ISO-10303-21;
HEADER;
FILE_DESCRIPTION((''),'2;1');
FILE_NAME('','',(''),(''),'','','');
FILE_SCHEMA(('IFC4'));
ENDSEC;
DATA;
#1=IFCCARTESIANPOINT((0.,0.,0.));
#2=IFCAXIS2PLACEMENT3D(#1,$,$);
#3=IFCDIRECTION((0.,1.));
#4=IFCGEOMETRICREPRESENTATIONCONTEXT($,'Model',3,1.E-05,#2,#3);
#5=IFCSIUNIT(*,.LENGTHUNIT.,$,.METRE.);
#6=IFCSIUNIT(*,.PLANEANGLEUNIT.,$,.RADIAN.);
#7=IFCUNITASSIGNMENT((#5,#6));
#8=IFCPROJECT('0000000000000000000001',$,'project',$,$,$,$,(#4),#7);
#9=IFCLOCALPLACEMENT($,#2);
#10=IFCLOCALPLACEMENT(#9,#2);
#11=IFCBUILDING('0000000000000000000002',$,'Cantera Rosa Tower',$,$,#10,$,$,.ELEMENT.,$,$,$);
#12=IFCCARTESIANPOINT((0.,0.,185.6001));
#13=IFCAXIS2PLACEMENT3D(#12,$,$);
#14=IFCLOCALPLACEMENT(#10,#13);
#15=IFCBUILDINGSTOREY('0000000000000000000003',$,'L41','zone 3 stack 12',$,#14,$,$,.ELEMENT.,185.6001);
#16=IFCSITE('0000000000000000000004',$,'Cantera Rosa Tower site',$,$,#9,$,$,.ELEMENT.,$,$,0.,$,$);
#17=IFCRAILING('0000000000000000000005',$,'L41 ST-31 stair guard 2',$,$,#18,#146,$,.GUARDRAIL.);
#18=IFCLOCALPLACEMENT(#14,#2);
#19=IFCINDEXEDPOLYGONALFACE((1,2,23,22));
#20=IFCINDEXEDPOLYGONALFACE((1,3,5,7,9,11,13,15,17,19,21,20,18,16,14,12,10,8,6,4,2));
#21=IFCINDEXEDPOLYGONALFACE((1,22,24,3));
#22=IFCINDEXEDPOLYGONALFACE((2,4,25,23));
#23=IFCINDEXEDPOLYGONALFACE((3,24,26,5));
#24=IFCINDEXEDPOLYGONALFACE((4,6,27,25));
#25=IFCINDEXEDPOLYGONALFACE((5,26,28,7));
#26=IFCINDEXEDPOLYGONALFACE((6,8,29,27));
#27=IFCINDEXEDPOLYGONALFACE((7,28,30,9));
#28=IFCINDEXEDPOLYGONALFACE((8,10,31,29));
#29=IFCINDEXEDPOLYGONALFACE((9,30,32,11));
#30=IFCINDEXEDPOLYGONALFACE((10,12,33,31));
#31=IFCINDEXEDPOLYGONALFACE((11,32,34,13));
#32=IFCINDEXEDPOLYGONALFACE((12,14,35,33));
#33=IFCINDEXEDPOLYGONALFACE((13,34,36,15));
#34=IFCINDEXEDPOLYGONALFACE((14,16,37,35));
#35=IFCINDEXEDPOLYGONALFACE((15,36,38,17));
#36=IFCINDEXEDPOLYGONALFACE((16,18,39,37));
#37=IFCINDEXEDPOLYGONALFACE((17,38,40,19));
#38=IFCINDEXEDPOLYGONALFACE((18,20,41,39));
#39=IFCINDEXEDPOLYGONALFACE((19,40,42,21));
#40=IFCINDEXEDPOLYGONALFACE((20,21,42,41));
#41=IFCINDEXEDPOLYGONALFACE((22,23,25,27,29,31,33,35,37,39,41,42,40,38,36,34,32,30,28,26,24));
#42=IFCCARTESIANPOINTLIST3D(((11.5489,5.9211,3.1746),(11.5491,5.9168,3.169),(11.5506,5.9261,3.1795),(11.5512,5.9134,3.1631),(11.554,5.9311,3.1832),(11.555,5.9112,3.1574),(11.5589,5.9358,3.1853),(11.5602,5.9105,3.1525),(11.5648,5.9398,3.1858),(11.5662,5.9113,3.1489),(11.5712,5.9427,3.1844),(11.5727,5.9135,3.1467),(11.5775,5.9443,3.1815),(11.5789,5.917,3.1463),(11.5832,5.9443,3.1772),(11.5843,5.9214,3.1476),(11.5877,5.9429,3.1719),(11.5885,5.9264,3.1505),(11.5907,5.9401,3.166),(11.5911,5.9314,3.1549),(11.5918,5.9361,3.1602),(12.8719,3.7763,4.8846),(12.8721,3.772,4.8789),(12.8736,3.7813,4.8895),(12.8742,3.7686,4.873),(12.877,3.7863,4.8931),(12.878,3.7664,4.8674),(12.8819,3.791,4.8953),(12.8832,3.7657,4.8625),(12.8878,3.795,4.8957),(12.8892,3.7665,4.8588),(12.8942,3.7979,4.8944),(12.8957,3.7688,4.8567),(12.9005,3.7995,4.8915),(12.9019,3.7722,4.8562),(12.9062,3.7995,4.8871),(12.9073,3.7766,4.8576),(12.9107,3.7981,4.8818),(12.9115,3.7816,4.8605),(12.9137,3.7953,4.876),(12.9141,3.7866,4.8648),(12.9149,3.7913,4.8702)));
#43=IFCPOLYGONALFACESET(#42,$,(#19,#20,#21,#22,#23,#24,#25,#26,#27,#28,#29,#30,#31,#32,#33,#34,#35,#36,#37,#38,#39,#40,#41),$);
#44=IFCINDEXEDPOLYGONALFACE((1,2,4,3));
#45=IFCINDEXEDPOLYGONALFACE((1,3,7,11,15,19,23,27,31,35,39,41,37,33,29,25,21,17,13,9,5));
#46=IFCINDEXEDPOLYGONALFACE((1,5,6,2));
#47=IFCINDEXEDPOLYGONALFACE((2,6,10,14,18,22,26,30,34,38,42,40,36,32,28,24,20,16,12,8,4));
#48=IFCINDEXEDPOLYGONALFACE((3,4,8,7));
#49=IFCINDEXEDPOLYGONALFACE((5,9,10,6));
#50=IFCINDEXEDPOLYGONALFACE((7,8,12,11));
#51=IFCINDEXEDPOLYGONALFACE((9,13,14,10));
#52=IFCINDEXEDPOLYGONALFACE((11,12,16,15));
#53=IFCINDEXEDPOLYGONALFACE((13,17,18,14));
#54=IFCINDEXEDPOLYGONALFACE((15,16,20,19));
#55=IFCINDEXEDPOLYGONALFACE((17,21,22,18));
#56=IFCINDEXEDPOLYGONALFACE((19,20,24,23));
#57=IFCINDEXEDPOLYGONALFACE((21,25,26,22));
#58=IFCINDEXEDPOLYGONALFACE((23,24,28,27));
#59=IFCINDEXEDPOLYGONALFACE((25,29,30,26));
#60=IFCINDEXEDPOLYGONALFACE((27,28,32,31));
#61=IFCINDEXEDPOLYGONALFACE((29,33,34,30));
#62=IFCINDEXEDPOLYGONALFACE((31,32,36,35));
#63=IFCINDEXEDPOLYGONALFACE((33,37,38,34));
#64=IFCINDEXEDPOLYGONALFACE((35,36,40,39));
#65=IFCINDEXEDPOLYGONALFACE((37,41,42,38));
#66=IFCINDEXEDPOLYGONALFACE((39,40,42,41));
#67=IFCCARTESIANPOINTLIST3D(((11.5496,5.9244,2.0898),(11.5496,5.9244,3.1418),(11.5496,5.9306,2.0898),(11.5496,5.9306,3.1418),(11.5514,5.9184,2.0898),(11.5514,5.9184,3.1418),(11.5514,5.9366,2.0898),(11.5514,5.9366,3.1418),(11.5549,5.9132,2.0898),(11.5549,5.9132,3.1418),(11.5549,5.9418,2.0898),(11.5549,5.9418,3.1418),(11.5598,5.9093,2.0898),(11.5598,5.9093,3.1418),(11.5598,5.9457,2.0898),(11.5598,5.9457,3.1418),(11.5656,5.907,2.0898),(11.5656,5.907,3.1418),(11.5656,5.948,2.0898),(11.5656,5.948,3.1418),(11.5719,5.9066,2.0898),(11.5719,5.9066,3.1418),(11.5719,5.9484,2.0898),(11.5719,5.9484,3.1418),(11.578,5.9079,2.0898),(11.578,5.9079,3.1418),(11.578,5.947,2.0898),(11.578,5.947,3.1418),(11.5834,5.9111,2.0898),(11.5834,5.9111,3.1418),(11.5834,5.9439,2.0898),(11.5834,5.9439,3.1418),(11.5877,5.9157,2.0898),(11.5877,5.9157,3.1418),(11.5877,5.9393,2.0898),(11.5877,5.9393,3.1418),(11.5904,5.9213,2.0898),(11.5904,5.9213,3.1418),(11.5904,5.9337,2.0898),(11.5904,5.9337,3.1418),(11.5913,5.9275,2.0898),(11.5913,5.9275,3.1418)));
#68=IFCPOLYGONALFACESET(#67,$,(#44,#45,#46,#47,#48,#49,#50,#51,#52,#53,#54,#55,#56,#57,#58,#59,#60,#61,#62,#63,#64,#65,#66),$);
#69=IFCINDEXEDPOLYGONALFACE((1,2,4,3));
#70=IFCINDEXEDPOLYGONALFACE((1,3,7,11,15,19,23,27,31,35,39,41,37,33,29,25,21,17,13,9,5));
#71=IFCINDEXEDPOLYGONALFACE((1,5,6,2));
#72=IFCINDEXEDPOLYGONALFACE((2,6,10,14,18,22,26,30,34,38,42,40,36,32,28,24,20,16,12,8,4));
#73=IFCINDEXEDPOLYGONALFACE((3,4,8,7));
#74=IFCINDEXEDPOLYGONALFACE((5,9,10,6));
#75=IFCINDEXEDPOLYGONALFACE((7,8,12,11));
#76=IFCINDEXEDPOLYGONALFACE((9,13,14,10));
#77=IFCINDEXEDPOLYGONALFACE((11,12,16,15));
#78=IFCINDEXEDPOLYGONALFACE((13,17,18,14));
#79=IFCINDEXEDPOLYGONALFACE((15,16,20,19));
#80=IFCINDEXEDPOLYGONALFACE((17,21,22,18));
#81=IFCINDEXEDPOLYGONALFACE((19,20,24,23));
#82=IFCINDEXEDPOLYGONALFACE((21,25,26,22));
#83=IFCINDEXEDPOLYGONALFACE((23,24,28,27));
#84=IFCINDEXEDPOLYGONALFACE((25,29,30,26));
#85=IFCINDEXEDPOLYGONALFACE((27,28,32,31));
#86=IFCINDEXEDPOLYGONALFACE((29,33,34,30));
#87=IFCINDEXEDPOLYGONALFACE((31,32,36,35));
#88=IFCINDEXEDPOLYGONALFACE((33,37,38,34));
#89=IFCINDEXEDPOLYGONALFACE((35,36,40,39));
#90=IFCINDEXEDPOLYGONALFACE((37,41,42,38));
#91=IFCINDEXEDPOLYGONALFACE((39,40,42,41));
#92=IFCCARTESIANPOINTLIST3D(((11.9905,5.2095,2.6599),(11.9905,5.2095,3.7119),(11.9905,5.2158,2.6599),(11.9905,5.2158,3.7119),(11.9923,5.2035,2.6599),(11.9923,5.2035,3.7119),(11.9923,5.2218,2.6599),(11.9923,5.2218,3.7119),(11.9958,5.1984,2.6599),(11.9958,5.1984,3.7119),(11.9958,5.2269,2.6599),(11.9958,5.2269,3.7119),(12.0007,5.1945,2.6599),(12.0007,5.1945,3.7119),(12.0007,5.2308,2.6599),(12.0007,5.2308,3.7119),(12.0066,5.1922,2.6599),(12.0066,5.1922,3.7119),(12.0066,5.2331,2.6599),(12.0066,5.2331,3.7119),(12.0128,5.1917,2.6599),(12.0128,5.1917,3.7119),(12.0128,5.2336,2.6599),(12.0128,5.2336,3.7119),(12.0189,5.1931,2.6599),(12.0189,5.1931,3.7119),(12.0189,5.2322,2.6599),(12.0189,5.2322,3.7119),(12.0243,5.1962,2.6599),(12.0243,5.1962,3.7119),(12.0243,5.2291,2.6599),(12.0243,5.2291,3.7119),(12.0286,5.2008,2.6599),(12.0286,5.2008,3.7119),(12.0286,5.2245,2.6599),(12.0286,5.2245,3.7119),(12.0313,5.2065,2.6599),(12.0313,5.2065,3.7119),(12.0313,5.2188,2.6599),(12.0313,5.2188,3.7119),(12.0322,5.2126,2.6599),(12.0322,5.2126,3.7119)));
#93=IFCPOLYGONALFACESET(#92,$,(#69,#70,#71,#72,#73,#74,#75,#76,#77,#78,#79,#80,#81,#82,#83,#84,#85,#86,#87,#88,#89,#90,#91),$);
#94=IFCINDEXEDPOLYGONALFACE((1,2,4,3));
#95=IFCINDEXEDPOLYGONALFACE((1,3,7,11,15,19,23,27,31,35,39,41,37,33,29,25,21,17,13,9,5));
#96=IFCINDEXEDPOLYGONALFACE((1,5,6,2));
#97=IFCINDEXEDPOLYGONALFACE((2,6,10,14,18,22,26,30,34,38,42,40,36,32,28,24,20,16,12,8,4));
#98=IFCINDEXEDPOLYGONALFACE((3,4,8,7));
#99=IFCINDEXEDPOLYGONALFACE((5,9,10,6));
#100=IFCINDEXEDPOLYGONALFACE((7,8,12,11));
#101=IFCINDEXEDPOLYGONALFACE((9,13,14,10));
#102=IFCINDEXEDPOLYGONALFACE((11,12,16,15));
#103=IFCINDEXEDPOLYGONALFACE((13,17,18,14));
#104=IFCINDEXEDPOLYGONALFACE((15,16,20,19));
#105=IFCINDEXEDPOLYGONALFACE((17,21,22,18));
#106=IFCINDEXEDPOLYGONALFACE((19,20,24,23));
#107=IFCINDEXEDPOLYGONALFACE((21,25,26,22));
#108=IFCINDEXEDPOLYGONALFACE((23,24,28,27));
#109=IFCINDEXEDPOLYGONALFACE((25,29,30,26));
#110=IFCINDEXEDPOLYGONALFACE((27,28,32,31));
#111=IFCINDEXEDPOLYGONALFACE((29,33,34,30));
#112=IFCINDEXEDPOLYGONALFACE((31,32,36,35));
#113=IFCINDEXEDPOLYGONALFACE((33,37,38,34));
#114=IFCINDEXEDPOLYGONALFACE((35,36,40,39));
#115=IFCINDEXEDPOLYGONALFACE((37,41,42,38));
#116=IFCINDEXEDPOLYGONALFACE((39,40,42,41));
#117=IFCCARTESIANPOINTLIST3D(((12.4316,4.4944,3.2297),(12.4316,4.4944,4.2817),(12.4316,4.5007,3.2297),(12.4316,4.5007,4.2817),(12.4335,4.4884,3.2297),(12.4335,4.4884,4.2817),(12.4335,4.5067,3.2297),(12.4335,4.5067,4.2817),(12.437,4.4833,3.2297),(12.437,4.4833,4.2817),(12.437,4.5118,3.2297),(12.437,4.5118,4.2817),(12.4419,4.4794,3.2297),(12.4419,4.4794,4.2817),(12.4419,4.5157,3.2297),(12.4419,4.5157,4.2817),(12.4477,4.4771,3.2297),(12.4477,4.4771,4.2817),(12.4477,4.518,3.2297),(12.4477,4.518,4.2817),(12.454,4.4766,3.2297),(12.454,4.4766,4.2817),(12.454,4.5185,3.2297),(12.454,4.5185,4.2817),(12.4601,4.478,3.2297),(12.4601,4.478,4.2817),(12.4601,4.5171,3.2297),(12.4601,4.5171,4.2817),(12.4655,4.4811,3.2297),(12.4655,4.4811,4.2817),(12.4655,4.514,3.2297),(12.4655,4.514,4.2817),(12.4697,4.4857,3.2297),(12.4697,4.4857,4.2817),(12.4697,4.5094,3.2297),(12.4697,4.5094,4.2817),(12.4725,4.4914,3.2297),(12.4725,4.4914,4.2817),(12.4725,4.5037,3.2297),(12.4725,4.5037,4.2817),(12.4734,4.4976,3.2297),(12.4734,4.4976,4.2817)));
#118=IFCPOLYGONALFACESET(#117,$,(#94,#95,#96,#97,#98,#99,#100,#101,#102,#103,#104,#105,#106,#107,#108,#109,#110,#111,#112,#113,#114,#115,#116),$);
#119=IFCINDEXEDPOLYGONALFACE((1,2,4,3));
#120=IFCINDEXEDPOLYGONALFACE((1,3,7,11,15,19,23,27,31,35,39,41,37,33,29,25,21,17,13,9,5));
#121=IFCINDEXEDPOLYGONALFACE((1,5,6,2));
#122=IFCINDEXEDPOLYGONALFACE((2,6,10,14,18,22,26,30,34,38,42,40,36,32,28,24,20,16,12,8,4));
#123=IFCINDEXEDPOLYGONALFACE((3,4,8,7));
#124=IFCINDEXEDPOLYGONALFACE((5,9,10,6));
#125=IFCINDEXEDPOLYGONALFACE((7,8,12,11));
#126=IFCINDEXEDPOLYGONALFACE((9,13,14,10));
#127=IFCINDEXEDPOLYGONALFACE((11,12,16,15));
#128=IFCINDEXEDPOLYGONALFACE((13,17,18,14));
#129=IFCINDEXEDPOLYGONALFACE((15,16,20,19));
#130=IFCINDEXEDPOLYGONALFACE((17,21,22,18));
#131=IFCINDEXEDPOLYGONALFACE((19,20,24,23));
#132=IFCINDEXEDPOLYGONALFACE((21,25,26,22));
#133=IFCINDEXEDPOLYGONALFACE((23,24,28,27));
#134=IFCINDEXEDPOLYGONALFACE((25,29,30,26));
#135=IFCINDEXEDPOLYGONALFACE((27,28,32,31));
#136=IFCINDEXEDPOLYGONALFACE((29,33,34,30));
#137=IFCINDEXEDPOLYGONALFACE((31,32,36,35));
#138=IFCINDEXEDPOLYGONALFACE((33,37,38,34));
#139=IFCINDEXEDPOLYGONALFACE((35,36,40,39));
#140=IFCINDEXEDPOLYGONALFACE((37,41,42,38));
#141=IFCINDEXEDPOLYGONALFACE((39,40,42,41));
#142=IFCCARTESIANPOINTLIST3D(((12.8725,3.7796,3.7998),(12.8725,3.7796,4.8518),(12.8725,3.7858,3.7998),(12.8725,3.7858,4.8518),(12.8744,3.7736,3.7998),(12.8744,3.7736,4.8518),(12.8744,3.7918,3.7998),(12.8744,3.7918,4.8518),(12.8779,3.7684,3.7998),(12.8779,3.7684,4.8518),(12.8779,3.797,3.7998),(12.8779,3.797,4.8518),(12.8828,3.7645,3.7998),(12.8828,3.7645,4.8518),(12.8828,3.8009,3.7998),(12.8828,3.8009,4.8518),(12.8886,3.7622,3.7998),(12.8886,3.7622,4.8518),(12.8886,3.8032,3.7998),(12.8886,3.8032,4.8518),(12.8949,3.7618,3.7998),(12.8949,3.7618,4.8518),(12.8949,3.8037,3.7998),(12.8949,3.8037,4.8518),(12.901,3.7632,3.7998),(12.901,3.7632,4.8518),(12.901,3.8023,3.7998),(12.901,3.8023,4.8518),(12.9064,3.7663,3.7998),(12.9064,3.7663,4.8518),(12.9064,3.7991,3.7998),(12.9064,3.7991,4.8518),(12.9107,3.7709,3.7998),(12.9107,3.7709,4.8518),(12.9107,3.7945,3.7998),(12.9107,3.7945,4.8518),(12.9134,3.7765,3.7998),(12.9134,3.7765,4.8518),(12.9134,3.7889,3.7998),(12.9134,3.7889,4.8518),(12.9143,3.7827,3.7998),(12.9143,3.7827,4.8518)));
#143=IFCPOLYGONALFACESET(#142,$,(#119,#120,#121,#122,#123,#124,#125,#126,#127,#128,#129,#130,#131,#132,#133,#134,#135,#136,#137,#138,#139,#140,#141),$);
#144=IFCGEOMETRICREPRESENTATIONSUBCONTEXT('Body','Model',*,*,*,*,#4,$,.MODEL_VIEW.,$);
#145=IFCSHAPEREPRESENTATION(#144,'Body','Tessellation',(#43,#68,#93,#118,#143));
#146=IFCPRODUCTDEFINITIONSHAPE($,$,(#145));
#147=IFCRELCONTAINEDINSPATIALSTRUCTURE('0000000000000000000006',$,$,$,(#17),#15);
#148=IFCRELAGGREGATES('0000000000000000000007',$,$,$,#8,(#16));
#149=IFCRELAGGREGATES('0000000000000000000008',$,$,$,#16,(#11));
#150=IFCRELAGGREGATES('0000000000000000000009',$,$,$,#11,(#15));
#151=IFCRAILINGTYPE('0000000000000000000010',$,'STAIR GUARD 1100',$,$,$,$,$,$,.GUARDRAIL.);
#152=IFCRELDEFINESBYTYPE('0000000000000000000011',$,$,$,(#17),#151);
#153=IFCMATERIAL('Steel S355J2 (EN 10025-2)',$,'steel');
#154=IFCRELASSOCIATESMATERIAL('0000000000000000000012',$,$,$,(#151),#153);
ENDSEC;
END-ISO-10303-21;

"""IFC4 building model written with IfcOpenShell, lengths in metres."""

from ifc_helpers import new_model, si_unit, direction, frame, origin, origin_2d, place, context, subcontext, project, spatial, circle, extrude, material, type_object, element, save


model = new_model("IFC4")

# Units and contexts
model_context = context("Model", 3, precision=1e-05, world=origin(), true_north=direction((0.0, 1.0)))
body_context = subcontext(model_context, "Body", "Model", "MODEL_VIEW")
ifc_project = project(units=[si_unit("LENGTHUNIT", "METRE"), si_unit("PLANEANGLEUNIT", "RADIAN")], contexts=[model_context])

# Site, building, storey
site_placement = place(None, origin())
site = spatial("IfcSite", under=ifc_project, at=site_placement, Name="Cantera Rosa Tower site", CompositionType="ELEMENT", RefElevation=0.0)
building_placement = place(site_placement, origin())
building = spatial("IfcBuilding", under=site, at=building_placement, Name="Cantera Rosa Tower", CompositionType="ELEMENT")
storey_placement = place(building_placement, frame((0.0, 0.0, 185.6001)))
storey = spatial("IfcBuildingStorey", under=building, at=storey_placement, Name="L41", Description="zone 3 stack 12", CompositionType="ELEMENT", Elevation=185.6001)

# Railing
ifc_material_1 = material(Name="Steel S355J2 (EN 10025-2)", Category="steel")
railing_type_1 = type_object("IfcRailingType", Name="STAIR GUARD 1100", PredefinedType="GUARDRAIL", material=ifc_material_1)
railing_1_placement = place(storey_placement, frame((11.5703, 5.9275, 2.0898)))
element("IfcRailing", 1, at=railing_1_placement, inside=storey, type_object=railing_type_1, Name="L41 ST-31 stair guard 2", PredefinedType="GUARDRAIL", context=body_context, shape_type="SweptSolid", body=[
    extrude(circle(Radius=0.0239, at=origin_2d()), frame((0.0, 0.0, 1.0762), z_axis=(0.434428, -0.704271, 0.561493), x_axis=(0.851102, 0.525, 0.0)), (0.0, 0.0, 1.0), 3.0454),
    extrude(circle(Radius=0.021, at=origin_2d()), origin(), (0.0, 0.0, 1.0), 1.052),
    extrude(circle(Radius=0.021, at=origin_2d()), frame((0.4409, -0.7148, 0.5701)), (0.0, 0.0, 1.0), 1.052),
    extrude(circle(Radius=0.021, at=origin_2d()), frame((0.8821, -1.4299, 1.1399)), (0.0, 0.0, 1.0), 1.052),
    extrude(circle(Radius=0.021, at=origin_2d()), frame((1.323, -2.1448, 1.71)), (0.0, 0.0, 1.0), 1.052),
])

save(model, "model.ifc")
